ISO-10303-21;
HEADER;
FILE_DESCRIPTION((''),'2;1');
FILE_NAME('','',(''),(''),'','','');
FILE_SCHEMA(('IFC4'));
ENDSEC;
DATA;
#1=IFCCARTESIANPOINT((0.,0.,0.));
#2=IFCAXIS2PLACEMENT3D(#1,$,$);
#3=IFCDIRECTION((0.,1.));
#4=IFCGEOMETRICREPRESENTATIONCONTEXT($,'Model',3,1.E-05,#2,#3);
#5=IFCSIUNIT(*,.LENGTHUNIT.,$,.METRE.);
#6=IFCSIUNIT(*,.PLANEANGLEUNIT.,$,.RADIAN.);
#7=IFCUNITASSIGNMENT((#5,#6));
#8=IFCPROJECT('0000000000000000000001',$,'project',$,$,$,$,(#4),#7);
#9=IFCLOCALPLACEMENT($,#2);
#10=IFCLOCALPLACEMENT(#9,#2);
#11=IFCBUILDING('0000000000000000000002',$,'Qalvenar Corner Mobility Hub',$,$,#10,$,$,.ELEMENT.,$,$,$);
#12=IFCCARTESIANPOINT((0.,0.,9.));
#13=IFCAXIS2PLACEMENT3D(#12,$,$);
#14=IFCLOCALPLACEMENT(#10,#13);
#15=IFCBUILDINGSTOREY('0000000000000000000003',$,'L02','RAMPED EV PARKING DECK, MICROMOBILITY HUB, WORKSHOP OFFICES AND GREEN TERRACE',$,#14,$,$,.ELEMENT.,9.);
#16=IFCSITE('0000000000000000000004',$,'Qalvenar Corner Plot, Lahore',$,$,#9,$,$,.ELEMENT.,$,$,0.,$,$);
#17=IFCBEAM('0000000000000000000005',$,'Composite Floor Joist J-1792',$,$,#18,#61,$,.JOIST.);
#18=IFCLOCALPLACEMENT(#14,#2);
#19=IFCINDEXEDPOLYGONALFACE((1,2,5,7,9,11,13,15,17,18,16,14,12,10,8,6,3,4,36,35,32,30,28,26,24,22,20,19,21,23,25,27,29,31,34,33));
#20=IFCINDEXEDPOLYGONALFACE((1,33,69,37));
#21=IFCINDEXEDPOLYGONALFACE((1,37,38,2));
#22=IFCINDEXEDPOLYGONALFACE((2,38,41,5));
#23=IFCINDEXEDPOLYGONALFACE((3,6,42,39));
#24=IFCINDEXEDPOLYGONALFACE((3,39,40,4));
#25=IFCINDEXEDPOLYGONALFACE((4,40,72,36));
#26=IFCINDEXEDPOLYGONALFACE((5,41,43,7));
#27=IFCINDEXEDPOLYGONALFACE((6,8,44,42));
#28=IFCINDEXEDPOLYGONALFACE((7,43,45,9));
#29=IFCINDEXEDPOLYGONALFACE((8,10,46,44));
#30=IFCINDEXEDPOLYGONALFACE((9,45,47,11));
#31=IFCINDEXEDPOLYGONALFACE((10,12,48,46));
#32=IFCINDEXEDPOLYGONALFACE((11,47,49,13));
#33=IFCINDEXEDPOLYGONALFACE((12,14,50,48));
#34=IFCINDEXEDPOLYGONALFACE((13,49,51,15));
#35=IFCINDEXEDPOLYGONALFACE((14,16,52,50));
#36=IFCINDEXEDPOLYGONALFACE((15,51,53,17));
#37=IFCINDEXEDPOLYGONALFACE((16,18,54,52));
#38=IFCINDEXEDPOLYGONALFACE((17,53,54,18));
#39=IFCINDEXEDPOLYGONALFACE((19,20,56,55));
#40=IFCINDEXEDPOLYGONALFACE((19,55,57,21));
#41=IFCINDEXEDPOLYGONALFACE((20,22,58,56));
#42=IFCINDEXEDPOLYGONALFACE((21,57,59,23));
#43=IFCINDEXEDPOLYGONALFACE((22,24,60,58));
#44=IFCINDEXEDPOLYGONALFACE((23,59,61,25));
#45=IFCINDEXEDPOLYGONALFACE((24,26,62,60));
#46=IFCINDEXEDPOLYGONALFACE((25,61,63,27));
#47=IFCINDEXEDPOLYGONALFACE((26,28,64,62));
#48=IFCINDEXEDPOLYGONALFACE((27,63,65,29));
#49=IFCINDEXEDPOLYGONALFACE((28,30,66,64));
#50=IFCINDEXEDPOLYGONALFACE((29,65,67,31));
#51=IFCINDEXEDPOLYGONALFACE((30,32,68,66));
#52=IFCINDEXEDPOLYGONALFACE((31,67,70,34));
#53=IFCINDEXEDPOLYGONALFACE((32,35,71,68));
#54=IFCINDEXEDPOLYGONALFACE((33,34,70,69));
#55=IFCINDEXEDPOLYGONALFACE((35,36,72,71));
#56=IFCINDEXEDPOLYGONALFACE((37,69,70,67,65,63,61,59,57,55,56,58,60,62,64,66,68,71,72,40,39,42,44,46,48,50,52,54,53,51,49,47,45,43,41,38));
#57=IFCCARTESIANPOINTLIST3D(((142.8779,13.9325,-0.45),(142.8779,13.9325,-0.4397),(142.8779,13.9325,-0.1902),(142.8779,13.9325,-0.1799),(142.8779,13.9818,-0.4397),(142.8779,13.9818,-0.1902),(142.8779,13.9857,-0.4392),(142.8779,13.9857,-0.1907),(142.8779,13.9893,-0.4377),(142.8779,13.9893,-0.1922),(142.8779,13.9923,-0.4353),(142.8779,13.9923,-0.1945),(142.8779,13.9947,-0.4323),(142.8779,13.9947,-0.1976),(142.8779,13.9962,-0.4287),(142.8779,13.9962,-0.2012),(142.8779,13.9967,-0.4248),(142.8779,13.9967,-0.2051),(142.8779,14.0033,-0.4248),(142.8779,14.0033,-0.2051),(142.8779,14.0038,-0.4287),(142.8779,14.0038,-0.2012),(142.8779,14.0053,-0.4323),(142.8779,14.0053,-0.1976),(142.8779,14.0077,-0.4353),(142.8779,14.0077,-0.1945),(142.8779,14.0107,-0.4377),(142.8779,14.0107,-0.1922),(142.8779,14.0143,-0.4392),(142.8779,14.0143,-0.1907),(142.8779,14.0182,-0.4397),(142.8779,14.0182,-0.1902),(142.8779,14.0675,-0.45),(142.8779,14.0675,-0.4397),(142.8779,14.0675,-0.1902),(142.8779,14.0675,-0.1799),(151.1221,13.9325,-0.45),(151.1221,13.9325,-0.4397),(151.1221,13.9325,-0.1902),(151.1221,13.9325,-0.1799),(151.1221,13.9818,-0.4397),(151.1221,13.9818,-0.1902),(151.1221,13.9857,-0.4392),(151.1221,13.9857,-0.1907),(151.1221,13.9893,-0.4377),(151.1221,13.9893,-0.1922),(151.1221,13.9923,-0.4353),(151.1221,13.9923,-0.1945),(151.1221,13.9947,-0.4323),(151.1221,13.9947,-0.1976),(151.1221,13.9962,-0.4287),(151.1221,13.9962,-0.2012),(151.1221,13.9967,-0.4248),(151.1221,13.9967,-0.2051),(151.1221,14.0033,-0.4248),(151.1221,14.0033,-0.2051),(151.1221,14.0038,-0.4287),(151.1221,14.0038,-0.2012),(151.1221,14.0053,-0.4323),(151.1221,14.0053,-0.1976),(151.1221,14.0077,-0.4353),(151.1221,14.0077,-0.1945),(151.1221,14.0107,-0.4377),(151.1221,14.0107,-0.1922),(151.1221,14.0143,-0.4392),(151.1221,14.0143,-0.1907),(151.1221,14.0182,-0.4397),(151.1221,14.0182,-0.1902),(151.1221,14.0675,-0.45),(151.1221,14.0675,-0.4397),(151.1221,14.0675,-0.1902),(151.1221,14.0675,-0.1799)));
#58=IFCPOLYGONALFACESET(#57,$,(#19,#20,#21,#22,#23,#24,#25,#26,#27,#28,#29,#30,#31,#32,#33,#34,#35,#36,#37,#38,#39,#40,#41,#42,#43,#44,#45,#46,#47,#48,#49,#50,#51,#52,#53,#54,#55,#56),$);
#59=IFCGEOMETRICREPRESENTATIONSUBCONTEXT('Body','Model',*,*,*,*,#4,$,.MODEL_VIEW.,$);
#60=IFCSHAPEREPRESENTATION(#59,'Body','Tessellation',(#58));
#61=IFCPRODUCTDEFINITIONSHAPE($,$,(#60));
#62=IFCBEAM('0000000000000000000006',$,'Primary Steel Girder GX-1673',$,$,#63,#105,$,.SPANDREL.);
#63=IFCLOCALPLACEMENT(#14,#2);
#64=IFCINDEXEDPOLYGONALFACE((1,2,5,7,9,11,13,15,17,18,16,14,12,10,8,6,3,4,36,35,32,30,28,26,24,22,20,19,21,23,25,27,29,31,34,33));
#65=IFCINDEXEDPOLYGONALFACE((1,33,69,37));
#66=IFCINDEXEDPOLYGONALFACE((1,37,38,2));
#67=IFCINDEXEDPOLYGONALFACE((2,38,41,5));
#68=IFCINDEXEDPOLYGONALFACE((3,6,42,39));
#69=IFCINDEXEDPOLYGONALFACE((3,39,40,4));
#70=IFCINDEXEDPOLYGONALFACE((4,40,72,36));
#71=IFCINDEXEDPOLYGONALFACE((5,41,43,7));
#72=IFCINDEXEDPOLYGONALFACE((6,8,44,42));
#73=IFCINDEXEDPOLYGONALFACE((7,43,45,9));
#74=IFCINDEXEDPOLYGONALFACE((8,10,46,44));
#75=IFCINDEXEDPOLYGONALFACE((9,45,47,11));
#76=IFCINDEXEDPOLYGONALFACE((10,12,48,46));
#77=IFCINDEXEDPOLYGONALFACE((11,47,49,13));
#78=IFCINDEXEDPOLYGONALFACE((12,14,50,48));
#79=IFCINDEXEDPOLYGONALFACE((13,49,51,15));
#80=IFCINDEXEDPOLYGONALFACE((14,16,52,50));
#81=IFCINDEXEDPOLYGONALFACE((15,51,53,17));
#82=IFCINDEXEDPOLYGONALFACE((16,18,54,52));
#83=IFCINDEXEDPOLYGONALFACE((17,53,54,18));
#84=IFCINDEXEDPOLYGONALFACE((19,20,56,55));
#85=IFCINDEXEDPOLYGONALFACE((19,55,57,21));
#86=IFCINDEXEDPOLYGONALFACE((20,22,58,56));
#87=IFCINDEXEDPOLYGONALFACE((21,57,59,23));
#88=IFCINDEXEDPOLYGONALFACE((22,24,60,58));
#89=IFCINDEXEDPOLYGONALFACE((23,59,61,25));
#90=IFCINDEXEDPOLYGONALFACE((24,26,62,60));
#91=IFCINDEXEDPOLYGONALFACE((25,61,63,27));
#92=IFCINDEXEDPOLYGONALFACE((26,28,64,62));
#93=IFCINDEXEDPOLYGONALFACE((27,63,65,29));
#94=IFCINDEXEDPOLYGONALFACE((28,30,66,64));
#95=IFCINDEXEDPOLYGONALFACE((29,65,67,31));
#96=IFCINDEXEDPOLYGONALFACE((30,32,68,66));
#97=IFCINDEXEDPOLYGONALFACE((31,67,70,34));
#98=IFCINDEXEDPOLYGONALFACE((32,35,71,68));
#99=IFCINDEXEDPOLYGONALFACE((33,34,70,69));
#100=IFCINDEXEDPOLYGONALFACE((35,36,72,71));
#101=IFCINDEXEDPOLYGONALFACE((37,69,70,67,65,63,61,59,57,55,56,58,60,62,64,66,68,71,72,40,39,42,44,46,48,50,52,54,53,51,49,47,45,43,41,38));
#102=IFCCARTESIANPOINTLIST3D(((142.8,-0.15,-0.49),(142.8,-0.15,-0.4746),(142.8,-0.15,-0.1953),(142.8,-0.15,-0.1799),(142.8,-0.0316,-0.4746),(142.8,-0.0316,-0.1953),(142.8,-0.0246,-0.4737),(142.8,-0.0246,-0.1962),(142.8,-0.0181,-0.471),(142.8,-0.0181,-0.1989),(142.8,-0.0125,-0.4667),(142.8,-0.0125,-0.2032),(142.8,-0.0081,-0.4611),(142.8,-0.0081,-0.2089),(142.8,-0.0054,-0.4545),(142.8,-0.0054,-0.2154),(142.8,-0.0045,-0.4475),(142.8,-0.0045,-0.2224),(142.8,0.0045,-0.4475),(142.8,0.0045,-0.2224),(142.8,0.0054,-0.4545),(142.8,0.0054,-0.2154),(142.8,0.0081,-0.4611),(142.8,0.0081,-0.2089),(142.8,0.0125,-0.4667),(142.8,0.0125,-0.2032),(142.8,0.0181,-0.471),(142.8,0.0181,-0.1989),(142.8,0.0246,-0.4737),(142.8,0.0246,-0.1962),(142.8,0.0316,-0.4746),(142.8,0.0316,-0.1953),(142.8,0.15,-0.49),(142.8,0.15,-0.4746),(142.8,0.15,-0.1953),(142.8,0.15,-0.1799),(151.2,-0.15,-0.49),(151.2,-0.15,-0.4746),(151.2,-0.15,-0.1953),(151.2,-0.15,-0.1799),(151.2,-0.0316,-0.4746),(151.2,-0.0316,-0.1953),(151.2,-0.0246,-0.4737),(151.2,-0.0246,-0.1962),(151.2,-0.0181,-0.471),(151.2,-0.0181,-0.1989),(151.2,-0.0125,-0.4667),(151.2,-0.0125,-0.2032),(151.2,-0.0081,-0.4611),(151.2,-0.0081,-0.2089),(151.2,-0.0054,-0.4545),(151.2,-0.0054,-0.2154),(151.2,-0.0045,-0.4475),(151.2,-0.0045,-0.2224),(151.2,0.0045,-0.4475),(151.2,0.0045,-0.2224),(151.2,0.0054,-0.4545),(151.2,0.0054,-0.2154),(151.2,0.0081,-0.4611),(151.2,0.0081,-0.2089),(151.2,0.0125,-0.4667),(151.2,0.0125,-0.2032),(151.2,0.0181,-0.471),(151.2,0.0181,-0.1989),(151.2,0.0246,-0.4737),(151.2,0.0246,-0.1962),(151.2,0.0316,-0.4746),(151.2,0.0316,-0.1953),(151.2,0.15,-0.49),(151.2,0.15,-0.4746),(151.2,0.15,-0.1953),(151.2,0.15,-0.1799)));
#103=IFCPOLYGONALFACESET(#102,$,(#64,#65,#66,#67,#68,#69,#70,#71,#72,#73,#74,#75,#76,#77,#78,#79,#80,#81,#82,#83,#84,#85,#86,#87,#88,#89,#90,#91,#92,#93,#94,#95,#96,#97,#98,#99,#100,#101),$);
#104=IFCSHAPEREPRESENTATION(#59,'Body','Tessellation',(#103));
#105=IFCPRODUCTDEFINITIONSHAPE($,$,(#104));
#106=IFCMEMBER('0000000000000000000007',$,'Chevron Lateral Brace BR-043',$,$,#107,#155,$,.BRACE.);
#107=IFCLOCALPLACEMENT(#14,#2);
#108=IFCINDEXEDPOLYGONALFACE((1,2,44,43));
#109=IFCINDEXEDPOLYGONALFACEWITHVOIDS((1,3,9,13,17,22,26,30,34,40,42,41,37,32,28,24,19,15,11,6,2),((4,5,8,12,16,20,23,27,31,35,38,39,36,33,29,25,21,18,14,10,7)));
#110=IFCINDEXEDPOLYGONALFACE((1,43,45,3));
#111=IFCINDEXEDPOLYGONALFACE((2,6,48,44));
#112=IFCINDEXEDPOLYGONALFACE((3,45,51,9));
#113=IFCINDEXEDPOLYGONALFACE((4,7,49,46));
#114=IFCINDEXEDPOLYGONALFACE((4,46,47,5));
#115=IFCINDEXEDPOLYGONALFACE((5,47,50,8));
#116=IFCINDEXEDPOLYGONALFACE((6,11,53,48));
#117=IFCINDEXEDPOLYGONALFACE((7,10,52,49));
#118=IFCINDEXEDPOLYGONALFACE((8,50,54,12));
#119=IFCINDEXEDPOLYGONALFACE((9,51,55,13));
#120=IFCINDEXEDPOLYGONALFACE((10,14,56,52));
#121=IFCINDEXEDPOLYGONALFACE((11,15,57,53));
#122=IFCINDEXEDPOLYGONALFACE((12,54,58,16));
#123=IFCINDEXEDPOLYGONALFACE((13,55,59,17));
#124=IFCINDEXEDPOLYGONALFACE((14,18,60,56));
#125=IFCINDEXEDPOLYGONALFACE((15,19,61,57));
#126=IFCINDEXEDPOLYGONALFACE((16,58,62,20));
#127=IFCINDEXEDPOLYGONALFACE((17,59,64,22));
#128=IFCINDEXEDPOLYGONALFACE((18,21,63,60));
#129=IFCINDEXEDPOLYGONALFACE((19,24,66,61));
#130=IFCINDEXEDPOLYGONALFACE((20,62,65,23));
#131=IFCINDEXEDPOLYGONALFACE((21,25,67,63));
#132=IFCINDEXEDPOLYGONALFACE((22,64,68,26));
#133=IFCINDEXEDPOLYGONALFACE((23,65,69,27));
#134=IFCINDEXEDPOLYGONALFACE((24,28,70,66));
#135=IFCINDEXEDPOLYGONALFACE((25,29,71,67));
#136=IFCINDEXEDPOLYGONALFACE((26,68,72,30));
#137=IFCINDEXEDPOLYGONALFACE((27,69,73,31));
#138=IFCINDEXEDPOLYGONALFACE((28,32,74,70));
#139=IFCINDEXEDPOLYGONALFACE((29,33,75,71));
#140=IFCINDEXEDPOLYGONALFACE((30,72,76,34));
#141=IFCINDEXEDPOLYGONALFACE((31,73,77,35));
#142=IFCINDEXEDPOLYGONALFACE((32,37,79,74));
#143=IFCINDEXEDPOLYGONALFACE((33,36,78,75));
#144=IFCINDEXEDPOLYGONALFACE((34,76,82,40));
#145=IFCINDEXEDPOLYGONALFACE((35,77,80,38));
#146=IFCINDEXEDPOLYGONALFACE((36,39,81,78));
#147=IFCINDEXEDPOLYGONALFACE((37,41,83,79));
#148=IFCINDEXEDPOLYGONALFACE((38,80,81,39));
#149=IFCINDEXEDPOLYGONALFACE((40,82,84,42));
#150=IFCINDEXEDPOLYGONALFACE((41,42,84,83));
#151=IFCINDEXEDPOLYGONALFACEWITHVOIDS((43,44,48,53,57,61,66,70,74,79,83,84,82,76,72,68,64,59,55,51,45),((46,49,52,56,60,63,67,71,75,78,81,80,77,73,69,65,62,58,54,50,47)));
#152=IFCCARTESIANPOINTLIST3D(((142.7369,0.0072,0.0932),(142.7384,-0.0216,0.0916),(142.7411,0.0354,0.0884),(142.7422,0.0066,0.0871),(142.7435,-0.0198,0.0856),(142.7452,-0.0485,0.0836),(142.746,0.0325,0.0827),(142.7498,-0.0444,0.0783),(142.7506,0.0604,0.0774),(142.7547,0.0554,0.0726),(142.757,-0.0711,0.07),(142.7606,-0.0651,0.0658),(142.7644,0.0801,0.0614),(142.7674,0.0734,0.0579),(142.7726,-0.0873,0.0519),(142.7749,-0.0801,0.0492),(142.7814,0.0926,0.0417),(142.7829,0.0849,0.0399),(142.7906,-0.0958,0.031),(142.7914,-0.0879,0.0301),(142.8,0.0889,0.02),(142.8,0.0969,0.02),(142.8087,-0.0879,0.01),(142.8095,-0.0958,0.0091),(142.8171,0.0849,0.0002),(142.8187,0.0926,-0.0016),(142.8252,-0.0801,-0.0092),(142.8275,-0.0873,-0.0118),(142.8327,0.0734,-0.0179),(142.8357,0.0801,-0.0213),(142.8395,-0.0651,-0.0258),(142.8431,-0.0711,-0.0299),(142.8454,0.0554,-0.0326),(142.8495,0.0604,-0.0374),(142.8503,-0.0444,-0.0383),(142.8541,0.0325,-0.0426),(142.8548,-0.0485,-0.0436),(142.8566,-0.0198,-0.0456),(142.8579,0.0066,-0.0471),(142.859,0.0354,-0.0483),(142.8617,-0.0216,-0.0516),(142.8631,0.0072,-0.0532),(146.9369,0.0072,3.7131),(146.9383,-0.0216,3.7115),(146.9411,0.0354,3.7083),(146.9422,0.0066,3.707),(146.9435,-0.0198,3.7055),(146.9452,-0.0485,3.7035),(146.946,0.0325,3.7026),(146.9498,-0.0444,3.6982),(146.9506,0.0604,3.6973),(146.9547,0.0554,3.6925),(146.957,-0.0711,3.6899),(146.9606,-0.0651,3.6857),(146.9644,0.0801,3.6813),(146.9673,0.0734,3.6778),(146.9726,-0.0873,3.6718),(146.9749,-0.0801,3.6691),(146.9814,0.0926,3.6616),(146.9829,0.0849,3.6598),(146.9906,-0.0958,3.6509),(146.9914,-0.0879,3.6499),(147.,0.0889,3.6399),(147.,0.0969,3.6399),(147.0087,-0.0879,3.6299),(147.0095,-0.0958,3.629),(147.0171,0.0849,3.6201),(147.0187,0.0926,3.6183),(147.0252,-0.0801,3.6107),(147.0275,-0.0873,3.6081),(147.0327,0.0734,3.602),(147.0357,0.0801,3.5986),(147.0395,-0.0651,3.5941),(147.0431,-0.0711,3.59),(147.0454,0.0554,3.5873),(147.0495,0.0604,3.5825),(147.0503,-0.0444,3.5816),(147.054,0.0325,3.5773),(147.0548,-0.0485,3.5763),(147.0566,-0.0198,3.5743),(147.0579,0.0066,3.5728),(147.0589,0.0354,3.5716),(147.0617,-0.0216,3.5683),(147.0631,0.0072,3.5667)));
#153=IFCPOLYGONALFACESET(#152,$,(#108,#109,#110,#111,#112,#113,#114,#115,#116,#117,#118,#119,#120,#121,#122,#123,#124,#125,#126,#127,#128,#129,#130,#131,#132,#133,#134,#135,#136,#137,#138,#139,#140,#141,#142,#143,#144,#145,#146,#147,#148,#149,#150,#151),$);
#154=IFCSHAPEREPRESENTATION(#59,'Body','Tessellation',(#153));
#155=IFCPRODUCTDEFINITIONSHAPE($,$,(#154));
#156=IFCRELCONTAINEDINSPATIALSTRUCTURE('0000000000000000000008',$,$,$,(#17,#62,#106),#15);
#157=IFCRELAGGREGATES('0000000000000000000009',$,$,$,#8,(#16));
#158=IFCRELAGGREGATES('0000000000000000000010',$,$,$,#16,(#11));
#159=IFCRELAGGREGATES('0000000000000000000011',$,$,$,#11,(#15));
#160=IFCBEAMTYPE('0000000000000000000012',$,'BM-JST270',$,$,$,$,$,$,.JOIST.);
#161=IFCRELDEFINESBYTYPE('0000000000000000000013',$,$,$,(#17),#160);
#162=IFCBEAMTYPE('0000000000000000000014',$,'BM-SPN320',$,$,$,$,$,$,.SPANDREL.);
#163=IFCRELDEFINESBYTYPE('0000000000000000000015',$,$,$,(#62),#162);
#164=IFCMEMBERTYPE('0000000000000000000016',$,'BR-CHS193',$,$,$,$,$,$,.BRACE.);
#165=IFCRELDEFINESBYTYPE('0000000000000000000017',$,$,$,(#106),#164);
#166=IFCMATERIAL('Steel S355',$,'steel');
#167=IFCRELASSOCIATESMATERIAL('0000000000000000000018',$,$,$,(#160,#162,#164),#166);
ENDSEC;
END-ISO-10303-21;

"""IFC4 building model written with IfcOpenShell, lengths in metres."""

from ifc_helpers import new_model, si_unit, direction, frame, origin, origin_2d, place, context, subcontext, project, spatial, hollow_circle, i_section, extrude, material, material_profile, profile_set, type_object, element, save


model = new_model("IFC4")

# Units and contexts
model_context = context("Model", 3, precision=1e-05, world=origin(), true_north=direction((0.0, 1.0)))
body_context = subcontext(model_context, "Body", "Model", "MODEL_VIEW")
ifc_project = project(units=[si_unit("LENGTHUNIT", "METRE"), si_unit("PLANEANGLEUNIT", "RADIAN")], contexts=[model_context])

# Site, building, storey
site_placement = place(None, origin())
site = spatial("IfcSite", under=ifc_project, at=site_placement, Name="Qalvenar Corner Plot, Lahore", CompositionType="ELEMENT", RefElevation=0.0)
building_placement = place(site_placement, origin())
building = spatial("IfcBuilding", under=site, at=building_placement, Name="Qalvenar Corner Mobility Hub", CompositionType="ELEMENT")
storey_placement = place(building_placement, frame((0.0, 0.0, 9.0)))
storey = spatial("IfcBuildingStorey", under=building, at=storey_placement, Name="L02", Description="RAMPED EV PARKING DECK, MICROMOBILITY HUB, WORKSHOP OFFICES AND GREEN TERRACE", CompositionType="ELEMENT", Elevation=9.0)

# Shared definitions
ifc_material_1 = material(Name="Steel S355", Category="steel")

# Beams
ifc_material_profile_1 = material_profile(ifc_material_1, i_section(OverallWidth=0.135, OverallDepth=0.27, WebThickness=0.0066, FlangeThickness=0.0103, FilletRadius=0.0149, at=origin_2d()), Name="IPE270")
ifc_profile_set_1 = profile_set([ifc_material_profile_1], Name="Steel S355")
beam_type_1 = type_object("IfcBeamType", Name="BM-JST270", PredefinedType="JOIST", material=ifc_profile_set_1)
for number, where, z_axis, x_axis, name in (
    (1, (142.8779, 14.0, -0.3149), (1.0, 0.0, 0.0), (0.0, 1.0, 0.0), "Composite Floor Joist J-1792"),
):
    element("IfcBeam", number, at=place(storey_placement, frame(where, z_axis=z_axis, x_axis=x_axis)), inside=storey, type_object=beam_type_1, Name=name, PredefinedType="JOIST", context=body_context, shape_type="SweptSolid", body=[
        extrude(i_section(OverallWidth=0.135, OverallDepth=0.27, WebThickness=0.0066, FlangeThickness=0.0103, FilletRadius=0.0149, at=origin_2d()), origin(), (0.0, 0.0, 1.0), 8.2441),
    ])
ifc_material_profile_2 = material_profile(ifc_material_1, i_section(OverallWidth=0.3, OverallDepth=0.3101, WebThickness=0.009, FlangeThickness=0.0154, FilletRadius=0.0271, at=origin_2d()), Name="HEA320")
ifc_profile_set_2 = profile_set([ifc_material_profile_2], Name="Steel S355")
beam_type_2 = type_object("IfcBeamType", Name="BM-SPN320", PredefinedType="SPANDREL", material=ifc_profile_set_2)
beam_1_placement = place(storey_placement, frame((142.8, 0.0, -0.335), z_axis=(1.0, 0.0, 0.0), x_axis=(0.0, 1.0, 0.0)))
element("IfcBeam", 2, at=beam_1_placement, inside=storey, type_object=beam_type_2, Name="Primary Steel Girder GX-1673", PredefinedType="SPANDREL", context=body_context, shape_type="SweptSolid", body=[
    extrude(i_section(OverallWidth=0.3, OverallDepth=0.3101, WebThickness=0.009, FlangeThickness=0.0154, FilletRadius=0.0271, at=origin_2d()), origin(), (0.0, 0.0, 1.0), 8.3999),
])

# Member
ifc_material_profile_3 = material_profile(ifc_material_1, hollow_circle(Radius=0.0969, WallThickness=0.0081, at=origin_2d()), Name="CHS193.7x8")
ifc_profile_set_3 = profile_set([ifc_material_profile_3], Name="Steel S355")
member_type_1 = type_object("IfcMemberType", Name="BR-CHS193", PredefinedType="BRACE", material=ifc_profile_set_3)
member_1_placement = place(storey_placement, frame((142.8, 0.0, 0.02), z_axis=(0.757479, 0.0, 0.652859), x_axis=(0.0, 1.0, 0.0)))
element("IfcMember", 3, at=member_1_placement, inside=storey, type_object=member_type_1, Name="Chevron Lateral Brace BR-043", PredefinedType="BRACE", context=body_context, shape_type="SweptSolid", body=[
    extrude(hollow_circle(Radius=0.0969, WallThickness=0.0081, at=origin_2d()), origin(), (0.0, 0.0, 1.0), 5.5447),
])

save(model, "model.ifc")
